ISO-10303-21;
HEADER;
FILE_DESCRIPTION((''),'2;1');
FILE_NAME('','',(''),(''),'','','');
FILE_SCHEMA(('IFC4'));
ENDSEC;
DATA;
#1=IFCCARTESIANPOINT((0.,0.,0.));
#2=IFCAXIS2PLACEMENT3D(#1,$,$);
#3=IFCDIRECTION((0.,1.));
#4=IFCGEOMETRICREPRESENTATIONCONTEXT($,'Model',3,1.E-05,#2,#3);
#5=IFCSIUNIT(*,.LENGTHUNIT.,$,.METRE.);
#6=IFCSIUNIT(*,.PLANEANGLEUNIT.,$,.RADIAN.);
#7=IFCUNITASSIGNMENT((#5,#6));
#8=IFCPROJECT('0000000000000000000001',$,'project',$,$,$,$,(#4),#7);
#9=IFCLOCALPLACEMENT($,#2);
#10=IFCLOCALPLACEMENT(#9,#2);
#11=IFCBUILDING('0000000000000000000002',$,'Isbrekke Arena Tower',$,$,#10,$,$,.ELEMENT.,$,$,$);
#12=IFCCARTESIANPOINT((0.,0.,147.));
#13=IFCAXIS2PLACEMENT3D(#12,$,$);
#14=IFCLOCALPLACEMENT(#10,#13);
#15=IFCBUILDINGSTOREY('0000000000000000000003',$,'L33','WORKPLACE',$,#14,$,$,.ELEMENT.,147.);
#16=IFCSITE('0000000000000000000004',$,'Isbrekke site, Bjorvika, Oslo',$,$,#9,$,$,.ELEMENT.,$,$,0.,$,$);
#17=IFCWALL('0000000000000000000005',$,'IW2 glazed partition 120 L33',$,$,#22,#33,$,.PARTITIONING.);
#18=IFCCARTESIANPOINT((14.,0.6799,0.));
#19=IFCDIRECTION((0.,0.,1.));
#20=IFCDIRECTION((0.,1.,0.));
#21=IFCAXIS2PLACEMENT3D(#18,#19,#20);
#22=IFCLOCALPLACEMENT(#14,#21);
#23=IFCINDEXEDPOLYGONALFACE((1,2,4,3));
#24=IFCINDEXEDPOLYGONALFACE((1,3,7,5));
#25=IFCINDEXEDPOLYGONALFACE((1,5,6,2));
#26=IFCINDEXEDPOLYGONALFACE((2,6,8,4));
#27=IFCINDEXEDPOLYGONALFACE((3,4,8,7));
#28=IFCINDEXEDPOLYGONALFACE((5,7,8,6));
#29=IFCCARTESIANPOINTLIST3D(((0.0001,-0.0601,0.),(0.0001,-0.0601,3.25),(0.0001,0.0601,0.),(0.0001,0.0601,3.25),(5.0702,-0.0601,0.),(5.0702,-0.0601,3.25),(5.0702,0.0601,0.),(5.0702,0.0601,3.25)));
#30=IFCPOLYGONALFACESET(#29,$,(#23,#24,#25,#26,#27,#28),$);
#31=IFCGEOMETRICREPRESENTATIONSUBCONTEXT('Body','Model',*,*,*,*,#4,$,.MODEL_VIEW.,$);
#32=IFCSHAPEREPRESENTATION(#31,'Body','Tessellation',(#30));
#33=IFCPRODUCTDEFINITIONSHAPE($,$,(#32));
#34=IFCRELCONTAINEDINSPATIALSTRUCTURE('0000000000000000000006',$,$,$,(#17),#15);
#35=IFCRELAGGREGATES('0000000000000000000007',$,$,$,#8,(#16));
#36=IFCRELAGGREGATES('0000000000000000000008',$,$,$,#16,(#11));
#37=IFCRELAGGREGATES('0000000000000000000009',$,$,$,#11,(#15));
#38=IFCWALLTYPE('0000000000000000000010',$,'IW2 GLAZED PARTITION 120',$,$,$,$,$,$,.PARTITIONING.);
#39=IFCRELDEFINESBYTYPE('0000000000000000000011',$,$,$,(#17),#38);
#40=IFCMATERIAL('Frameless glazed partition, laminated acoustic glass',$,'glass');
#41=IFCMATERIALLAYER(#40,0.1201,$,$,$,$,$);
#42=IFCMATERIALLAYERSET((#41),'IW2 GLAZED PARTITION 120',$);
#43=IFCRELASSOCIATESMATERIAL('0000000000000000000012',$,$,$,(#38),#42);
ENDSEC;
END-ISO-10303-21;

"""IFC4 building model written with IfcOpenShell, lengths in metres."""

from ifc_helpers import new_model, si_unit, direction, frame, frame_2d, origin, place, context, subcontext, project, spatial, rectangle, extrude, material, layer, layer_set, type_object, element, save


model = new_model("IFC4")

# Units and contexts
model_context = context("Model", 3, precision=1e-05, world=origin(), true_north=direction((0.0, 1.0)))
body_context = subcontext(model_context, "Body", "Model", "MODEL_VIEW")
ifc_project = project(units=[si_unit("LENGTHUNIT", "METRE"), si_unit("PLANEANGLEUNIT", "RADIAN")], contexts=[model_context])

# Site, building, storey
site_placement = place(None, origin())
site = spatial("IfcSite", under=ifc_project, at=site_placement, Name="Isbrekke site, Bjorvika, Oslo", CompositionType="ELEMENT", RefElevation=0.0)
building_placement = place(site_placement, origin())
building = spatial("IfcBuilding", under=site, at=building_placement, Name="Isbrekke Arena Tower", CompositionType="ELEMENT")
storey_placement = place(building_placement, frame((0.0, 0.0, 147.0)))
storey = spatial("IfcBuildingStorey", under=building, at=storey_placement, Name="L33", Description="WORKPLACE", CompositionType="ELEMENT", Elevation=147.0)

# Shared definitions
ifc_material_1 = material(Name="Frameless glazed partition, laminated acoustic glass", Category="glass")
ifc_layer_1 = layer(ifc_material_1, 0.1201)
ifc_layer_set_1 = layer_set([ifc_layer_1], Name="IW2 GLAZED PARTITION 120")
wall_type_1 = type_object("IfcWallType", Name="IW2 GLAZED PARTITION 120", PredefinedType="PARTITIONING", material=ifc_layer_set_1)

# Wall
wall_1_placement = place(storey_placement, frame((14.0, 0.6799, 0.0), z_axis=(0.0, 0.0, 1.0), x_axis=(0.0, 1.0, 0.0)))
element("IfcWall", 1, at=wall_1_placement, inside=storey, type_object=wall_type_1, Name="IW2 glazed partition 120 L33", PredefinedType="PARTITIONING", context=body_context, shape_type="SweptSolid", body=[
    extrude(rectangle(XDim=5.0701, YDim=0.1201, at=frame_2d((2.5352, 0.0))), origin(), (0.0, 0.0, 1.0), 3.25),
])

save(model, "model.ifc")
